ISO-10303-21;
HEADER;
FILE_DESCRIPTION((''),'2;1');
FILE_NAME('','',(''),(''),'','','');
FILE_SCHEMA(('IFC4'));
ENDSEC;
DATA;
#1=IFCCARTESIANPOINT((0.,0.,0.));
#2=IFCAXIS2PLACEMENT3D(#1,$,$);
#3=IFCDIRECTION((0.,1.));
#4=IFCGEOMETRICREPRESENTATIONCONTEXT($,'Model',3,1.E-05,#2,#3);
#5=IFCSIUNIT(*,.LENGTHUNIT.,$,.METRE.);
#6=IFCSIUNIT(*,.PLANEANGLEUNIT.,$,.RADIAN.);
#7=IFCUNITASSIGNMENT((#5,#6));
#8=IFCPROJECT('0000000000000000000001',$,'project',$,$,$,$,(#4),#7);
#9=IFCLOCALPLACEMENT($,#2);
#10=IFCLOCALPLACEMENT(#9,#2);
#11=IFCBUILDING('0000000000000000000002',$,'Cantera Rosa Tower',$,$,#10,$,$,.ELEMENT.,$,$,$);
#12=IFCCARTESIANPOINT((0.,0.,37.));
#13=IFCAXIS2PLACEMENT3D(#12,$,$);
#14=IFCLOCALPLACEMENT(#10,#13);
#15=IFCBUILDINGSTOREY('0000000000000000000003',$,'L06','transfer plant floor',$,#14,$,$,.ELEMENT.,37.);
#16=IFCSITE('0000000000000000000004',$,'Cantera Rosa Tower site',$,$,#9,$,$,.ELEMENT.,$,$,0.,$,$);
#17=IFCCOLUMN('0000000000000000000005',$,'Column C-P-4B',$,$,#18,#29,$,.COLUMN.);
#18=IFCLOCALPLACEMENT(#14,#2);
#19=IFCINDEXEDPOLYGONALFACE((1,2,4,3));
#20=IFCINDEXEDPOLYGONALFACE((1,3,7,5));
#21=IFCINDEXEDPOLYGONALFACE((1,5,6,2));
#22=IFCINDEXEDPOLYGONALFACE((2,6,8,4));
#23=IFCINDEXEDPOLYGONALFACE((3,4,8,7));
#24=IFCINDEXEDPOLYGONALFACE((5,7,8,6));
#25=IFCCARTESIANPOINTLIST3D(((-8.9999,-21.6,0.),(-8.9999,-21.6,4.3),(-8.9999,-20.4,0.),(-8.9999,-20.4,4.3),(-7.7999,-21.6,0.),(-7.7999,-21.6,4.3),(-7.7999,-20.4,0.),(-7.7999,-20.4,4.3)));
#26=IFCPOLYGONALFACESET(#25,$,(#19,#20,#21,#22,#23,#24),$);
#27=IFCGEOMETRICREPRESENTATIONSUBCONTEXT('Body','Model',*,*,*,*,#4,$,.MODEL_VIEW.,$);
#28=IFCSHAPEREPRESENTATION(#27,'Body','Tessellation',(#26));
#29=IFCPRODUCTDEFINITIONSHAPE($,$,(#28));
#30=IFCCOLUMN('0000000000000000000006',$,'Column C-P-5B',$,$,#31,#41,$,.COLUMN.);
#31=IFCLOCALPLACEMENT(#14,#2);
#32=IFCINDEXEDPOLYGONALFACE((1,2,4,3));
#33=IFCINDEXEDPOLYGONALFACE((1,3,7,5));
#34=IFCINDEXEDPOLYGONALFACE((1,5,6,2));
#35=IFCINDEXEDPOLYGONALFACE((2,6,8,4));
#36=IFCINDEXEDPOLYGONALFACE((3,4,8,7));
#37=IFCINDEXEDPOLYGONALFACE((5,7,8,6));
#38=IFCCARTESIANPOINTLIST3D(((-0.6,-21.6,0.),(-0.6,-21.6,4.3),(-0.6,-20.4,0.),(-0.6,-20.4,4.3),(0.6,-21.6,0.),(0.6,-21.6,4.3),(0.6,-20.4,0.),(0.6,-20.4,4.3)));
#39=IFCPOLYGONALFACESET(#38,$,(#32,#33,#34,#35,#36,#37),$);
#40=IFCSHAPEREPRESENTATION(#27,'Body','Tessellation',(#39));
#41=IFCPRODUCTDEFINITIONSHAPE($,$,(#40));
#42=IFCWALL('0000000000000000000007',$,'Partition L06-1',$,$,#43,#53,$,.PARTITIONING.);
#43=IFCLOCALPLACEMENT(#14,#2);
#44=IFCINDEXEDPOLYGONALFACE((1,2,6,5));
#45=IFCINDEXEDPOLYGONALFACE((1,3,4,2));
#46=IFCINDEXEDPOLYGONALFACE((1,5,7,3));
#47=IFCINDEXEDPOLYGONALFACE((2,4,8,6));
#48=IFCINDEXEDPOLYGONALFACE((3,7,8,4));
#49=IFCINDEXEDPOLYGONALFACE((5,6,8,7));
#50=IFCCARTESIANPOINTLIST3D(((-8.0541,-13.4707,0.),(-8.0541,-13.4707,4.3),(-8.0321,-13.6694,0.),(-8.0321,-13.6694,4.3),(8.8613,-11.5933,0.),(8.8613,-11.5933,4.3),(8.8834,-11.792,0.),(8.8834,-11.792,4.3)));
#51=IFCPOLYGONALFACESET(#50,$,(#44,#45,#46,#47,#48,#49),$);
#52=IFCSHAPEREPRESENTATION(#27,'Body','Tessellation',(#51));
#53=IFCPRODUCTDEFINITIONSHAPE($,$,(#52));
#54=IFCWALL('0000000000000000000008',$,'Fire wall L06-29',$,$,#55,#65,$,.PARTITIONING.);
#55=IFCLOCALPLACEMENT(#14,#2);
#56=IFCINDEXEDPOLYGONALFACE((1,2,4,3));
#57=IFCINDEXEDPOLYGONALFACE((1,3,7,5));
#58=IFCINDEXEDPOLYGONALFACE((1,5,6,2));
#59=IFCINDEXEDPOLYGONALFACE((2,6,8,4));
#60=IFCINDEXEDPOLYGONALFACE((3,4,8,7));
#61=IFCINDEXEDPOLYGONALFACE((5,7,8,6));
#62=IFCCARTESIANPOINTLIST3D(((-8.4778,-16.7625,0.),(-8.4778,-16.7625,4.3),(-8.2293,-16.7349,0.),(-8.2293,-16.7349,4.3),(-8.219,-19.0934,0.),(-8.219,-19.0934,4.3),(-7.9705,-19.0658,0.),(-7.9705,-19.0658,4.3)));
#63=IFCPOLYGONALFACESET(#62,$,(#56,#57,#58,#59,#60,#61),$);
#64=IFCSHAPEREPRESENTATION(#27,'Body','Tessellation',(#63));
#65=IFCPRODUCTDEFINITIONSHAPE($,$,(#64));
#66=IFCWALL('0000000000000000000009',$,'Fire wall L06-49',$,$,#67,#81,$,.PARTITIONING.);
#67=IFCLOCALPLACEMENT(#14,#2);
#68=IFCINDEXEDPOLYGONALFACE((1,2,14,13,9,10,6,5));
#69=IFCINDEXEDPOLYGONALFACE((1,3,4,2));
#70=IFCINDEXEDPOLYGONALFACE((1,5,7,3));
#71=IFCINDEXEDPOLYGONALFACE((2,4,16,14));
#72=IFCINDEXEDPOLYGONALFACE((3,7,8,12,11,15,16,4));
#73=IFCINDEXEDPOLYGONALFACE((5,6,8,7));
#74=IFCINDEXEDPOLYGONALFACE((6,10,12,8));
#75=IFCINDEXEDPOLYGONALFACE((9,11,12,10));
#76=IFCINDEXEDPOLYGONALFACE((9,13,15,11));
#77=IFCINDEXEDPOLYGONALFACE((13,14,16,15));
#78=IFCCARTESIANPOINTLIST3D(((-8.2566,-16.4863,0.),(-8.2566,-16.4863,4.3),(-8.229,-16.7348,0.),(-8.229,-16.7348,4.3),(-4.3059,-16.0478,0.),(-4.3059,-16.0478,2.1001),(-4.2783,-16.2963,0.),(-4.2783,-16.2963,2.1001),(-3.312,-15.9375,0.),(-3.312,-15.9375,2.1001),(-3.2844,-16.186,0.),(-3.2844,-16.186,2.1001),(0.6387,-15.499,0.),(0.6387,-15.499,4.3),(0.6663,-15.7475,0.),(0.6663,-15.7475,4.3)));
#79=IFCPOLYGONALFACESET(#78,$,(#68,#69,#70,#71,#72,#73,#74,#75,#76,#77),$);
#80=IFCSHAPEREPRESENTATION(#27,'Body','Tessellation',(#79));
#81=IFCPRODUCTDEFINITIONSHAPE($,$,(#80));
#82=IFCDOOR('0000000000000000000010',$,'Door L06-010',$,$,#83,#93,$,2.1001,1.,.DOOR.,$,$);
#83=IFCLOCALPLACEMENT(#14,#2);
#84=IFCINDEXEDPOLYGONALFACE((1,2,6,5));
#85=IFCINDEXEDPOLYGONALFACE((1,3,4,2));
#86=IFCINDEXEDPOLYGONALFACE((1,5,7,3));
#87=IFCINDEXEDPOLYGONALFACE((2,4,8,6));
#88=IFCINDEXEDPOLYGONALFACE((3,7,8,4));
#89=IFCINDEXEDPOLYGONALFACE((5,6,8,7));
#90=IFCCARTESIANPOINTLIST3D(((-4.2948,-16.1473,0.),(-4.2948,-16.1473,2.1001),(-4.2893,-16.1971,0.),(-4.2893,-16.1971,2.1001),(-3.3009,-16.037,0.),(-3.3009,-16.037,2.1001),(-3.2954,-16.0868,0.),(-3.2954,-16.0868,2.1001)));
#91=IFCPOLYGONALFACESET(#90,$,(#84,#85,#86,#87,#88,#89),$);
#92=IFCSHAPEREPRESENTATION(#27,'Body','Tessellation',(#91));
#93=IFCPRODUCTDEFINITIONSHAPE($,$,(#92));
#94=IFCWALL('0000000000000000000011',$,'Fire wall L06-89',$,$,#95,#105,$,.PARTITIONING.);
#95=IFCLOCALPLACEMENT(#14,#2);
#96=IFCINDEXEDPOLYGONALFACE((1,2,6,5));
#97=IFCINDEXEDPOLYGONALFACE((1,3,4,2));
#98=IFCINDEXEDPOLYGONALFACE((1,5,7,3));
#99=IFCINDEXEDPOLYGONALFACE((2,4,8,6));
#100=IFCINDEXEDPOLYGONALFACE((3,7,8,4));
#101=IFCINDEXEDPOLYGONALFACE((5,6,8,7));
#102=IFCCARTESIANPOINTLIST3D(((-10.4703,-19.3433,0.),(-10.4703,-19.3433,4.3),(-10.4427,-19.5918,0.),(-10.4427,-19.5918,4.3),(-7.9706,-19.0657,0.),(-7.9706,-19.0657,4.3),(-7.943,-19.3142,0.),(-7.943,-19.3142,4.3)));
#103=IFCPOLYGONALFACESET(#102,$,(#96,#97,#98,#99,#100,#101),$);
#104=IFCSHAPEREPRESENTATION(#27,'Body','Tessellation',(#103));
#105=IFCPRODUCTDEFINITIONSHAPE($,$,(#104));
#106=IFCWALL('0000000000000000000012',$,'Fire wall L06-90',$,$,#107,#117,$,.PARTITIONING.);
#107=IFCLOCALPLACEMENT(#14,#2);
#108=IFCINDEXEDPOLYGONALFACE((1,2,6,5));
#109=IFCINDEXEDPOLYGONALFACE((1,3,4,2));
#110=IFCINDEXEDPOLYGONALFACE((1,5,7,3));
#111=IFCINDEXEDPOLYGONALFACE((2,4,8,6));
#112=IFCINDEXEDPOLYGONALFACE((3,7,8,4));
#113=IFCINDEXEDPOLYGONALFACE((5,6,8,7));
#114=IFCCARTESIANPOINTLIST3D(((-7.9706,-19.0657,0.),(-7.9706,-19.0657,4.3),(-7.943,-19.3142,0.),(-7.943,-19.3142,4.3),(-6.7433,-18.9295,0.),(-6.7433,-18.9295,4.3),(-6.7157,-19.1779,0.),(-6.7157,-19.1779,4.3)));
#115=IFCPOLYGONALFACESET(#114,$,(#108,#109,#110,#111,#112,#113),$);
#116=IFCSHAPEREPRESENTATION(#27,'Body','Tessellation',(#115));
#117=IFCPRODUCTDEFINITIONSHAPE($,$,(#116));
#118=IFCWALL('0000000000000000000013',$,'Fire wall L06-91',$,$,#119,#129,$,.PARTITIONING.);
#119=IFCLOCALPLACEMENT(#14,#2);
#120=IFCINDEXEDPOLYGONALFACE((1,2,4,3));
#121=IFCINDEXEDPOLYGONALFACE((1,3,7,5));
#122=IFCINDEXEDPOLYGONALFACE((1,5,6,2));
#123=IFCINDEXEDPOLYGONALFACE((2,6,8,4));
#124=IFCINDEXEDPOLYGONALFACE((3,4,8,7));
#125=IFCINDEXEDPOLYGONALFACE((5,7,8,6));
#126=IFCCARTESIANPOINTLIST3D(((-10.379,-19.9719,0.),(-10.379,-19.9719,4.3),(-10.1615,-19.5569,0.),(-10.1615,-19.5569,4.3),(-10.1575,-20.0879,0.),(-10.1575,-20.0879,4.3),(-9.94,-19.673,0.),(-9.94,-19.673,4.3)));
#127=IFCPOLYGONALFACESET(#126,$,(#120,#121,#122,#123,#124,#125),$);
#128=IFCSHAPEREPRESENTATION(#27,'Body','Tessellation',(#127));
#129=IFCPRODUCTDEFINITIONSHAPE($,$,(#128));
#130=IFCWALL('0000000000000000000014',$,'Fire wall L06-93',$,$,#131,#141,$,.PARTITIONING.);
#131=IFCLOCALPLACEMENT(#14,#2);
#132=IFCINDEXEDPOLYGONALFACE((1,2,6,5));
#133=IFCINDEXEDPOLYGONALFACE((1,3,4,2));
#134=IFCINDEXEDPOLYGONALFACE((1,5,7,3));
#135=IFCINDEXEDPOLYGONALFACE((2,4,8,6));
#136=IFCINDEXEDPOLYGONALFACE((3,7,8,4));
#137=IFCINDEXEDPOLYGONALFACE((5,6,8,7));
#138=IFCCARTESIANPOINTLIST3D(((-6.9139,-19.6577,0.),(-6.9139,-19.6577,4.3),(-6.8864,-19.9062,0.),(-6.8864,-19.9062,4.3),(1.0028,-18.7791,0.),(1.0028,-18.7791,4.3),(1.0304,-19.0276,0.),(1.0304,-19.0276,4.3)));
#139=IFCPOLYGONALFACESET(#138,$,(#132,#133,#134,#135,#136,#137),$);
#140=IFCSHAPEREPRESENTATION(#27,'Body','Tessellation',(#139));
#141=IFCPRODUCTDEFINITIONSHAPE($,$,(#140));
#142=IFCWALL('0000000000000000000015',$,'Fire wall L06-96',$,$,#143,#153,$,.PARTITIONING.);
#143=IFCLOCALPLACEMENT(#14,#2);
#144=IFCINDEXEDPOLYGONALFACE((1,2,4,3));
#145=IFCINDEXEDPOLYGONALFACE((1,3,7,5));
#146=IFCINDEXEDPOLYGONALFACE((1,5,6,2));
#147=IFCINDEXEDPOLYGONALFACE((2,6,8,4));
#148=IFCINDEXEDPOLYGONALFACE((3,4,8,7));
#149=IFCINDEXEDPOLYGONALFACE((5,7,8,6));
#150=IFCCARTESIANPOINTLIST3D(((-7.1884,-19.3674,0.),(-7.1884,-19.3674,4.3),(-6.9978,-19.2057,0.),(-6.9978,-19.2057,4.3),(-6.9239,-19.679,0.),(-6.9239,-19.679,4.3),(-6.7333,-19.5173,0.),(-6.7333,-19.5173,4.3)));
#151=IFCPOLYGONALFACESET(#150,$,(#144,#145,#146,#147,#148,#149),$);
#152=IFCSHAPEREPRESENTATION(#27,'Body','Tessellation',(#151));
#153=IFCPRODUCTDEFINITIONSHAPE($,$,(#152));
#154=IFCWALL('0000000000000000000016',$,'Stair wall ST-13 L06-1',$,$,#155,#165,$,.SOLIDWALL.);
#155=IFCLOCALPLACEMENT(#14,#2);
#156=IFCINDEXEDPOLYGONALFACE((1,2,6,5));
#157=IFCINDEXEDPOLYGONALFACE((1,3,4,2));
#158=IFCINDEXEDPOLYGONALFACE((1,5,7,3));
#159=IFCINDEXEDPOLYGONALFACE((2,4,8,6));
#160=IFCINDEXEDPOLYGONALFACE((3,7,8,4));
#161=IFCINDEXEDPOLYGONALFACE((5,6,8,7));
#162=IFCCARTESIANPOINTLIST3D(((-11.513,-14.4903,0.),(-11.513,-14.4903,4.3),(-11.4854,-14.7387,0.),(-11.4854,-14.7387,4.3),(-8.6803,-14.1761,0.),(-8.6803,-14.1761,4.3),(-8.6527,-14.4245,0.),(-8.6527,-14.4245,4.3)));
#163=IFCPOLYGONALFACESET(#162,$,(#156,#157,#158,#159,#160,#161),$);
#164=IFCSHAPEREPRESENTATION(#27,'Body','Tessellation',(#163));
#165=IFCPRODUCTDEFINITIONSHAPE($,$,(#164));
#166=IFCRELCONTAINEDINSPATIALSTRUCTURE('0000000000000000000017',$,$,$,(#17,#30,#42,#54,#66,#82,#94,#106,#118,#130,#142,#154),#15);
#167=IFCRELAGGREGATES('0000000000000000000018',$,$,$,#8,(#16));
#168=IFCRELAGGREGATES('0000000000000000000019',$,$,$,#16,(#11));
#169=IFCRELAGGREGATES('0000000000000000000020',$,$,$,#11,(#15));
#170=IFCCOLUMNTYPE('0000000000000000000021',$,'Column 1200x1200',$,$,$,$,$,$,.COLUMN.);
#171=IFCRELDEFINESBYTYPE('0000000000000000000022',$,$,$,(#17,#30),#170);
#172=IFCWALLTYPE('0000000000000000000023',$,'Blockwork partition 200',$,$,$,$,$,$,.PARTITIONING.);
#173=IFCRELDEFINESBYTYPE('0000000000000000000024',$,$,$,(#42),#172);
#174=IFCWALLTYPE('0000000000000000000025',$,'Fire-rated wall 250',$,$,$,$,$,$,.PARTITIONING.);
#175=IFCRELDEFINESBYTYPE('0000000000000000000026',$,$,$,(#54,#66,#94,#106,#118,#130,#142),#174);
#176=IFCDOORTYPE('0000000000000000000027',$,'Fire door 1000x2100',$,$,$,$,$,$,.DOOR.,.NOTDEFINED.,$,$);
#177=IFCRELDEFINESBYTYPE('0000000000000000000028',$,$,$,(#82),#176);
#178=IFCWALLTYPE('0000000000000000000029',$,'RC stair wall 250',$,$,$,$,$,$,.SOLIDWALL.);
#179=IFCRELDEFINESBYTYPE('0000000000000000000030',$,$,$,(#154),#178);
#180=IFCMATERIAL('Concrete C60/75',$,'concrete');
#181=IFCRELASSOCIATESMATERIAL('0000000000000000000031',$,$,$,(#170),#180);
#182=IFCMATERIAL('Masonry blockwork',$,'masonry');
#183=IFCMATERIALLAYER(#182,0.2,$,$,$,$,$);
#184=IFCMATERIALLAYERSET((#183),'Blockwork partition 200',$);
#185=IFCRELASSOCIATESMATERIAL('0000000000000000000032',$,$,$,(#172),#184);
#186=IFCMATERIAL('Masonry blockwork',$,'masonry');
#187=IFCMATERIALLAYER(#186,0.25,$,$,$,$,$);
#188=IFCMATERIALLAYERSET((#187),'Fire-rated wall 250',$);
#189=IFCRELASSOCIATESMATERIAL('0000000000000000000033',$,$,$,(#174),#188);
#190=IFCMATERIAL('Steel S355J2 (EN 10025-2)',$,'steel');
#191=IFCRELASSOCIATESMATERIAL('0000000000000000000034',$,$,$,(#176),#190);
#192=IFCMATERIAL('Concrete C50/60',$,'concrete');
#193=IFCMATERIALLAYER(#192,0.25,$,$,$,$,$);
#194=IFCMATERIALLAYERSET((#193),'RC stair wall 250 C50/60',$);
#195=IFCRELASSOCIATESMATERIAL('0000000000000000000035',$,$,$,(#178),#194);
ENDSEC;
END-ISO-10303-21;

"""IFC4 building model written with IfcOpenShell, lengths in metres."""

from ifc_helpers import new_model, si_unit, direction, frame, frame_2d, origin, origin_2d, place, context, subcontext, project, spatial, rectangle, extrude, material, layer, layer_set, material_profile, profile_set, type_object, element, fill, save


model = new_model("IFC4")

# Units and contexts
model_context = context("Model", 3, precision=1e-05, world=origin(), true_north=direction((0.0, 1.0)))
body_context = subcontext(model_context, "Body", "Model", "MODEL_VIEW")
ifc_project = project(units=[si_unit("LENGTHUNIT", "METRE"), si_unit("PLANEANGLEUNIT", "RADIAN")], contexts=[model_context])

# Site, building, storey
site_placement = place(None, origin())
site = spatial("IfcSite", under=ifc_project, at=site_placement, Name="Cantera Rosa Tower site", CompositionType="ELEMENT", RefElevation=0.0)
building_placement = place(site_placement, origin())
building = spatial("IfcBuilding", under=site, at=building_placement, Name="Cantera Rosa Tower", CompositionType="ELEMENT")
storey_placement = place(building_placement, frame((0.0, 0.0, 37.0)))
storey = spatial("IfcBuildingStorey", under=building, at=storey_placement, Name="L06", Description="transfer plant floor", CompositionType="ELEMENT", Elevation=37.0)

# Columns
ifc_material_1 = material(Name="Concrete C60/75", Category="concrete")
ifc_material_profile = material_profile(ifc_material_1, rectangle(XDim=1.2, YDim=1.2, at=origin_2d()), Name="Column 1200x1200")
ifc_profile_set = profile_set([ifc_material_profile], Name="Concrete C60/75")
column_type = type_object("IfcColumnType", Name="Column 1200x1200", PredefinedType="COLUMN", material=ifc_profile_set)
for number, where, z_axis, x_axis, name in (
    (1, (-8.3999, -21.0, 0.0), (0.0, 0.0, 1.0), (1.0, 0.0, 0.0), "Column C-P-4B"),
    (2, (0.0, -21.0, 0.0), (0.0, 0.0, 1.0), (1.0, 0.0, 0.0), "Column C-P-5B"),
):
    element("IfcColumn", number, at=place(storey_placement, frame(where, z_axis=z_axis, x_axis=x_axis)), inside=storey, type_object=column_type, Name=name, PredefinedType="COLUMN", context=body_context, shape_type="SweptSolid", body=[
        extrude(rectangle(XDim=1.2, YDim=1.2, at=origin_2d()), origin(), (0.0, 0.0, 1.0), 4.3),
    ])

# Walls
ifc_material_2 = material(Name="Masonry blockwork", Category="masonry")
ifc_layer_1 = layer(ifc_material_2, 0.2)
ifc_layer_set_1 = layer_set([ifc_layer_1], Name="Blockwork partition 200")
wall_type_1 = type_object("IfcWallType", Name="Blockwork partition 200", PredefinedType="PARTITIONING", material=ifc_layer_set_1)
wall_1_placement = place(storey_placement, frame((-8.0432, -13.5701, 0.0), z_axis=(0.0, 0.0, 1.0), x_axis=(0.993897, 0.110312, 0.0)))
element("IfcWall", 3, at=wall_1_placement, inside=storey, type_object=wall_type_1, Name="Partition L06-1", PredefinedType="PARTITIONING", context=body_context, shape_type="SweptSolid", body=[
    extrude(rectangle(XDim=17.0193, YDim=0.2, at=frame_2d((8.5098, 0.0))), origin(), (0.0, 0.0, 1.0), 4.3),
])
ifc_material_3 = material(Name="Masonry blockwork", Category="masonry")
ifc_layer_2 = layer(ifc_material_3, 0.25)
ifc_layer_set_2 = layer_set([ifc_layer_2], Name="Fire-rated wall 250")
wall_type_2 = type_object("IfcWallType", Name="Fire-rated wall 250", PredefinedType="PARTITIONING", material=ifc_layer_set_2)
wall_2_placement = place(storey_placement, frame((-8.0947, -19.0796, 0.0), z_axis=(0.0, 0.0, 1.0), x_axis=(-0.110352, 0.993893, 0.0)))
element("IfcWall", 4, at=wall_2_placement, inside=storey, type_object=wall_type_2, Name="Fire wall L06-29", PredefinedType="PARTITIONING", context=body_context, shape_type="SweptSolid", body=[
    extrude(rectangle(XDim=2.3452, YDim=0.25, at=frame_2d((1.1726, 0.0))), origin(), (0.0, 0.0, 1.0), 4.3),
])

# Wall, opening, door
wall_3_placement = place(storey_placement, frame((-8.2429, -16.6106, 0.0), z_axis=(0.0, 0.0, 1.0), x_axis=(0.993897, 0.110315, 0.0)))
wall_3 = element("IfcWall", 5, at=wall_3_placement, inside=storey, type_object=wall_type_2, Name="Fire wall L06-49", PredefinedType="PARTITIONING", context=body_context, shape_type="SweptSolid", body=[
    extrude(rectangle(XDim=8.95, YDim=0.25, at=frame_2d((4.4751, 0.0))), origin(), (0.0, 0.0, 1.0), 4.3),
])
opening_1_placement = place(wall_3_placement, frame((3.9751, 0.0, 0.0)))
opening_1 = element("IfcOpeningElement", 6, at=opening_1_placement, cuts=wall_3, PredefinedType="OPENING", context=body_context, shape_type="SweptSolid", body=[
    extrude(rectangle(XDim=1.0, YDim=2.1001, at=frame_2d((0.5, 1.05))), frame((0.0, 0.135, 0.0), z_axis=(0.0, -1.0, 0.0), x_axis=(1.0, 0.0, 0.0)), (0.0, 0.0, 1.0), 0.27),
])
ifc_material_4 = material(Name="Steel S355J2 (EN 10025-2)", Category="steel")
door_type_1 = type_object("IfcDoorType", Name="Fire door 1000x2100", OperationType="NOTDEFINED", PredefinedType="DOOR", material=ifc_material_4)
door_1_placement = place(opening_1_placement, origin())
door_1 = element("IfcDoor", 7, at=door_1_placement, inside=storey, type_object=door_type_1, Name="Door L06-010", OverallHeight=2.1001, OverallWidth=1.0, PredefinedType="DOOR", context=body_context, shape_type="SweptSolid", body=[
    extrude(rectangle(XDim=1.0, YDim=2.1001, at=frame_2d((0.5, 1.05))), frame((0.0, 0.0249, 0.0), z_axis=(0.0, -1.0, 0.0), x_axis=(1.0, 0.0, 0.0)), (0.0, 0.0, 1.0), 0.05),
])
fill(opening_1, door_1)

# Walls
wall_4_placement = place(storey_placement, frame((-10.4565, -19.4675, 0.0), z_axis=(0.0, 0.0, 1.0), x_axis=(0.993891, 0.110368, 0.0)))
element("IfcWall", 8, at=wall_4_placement, inside=storey, type_object=wall_type_2, Name="Fire wall L06-89", PredefinedType="PARTITIONING", context=body_context, shape_type="SweptSolid", body=[
    extrude(rectangle(XDim=2.5151, YDim=0.25, at=frame_2d((1.2576, 0.0))), origin(), (0.0, 0.0, 1.0), 4.3),
])
wall_5_placement = place(storey_placement, frame((-7.9568, -19.1899, 0.0), z_axis=(0.0, 0.0, 1.0), x_axis=(0.993896, 0.110323, 0.0)))
element("IfcWall", 9, at=wall_5_placement, inside=storey, type_object=wall_type_2, Name="Fire wall L06-90", PredefinedType="PARTITIONING", context=body_context, shape_type="SweptSolid", body=[
    extrude(rectangle(XDim=1.2349, YDim=0.25, at=frame_2d((0.6174, 0.0))), origin(), (0.0, 0.0, 1.0), 4.3),
])
wall_6_placement = place(storey_placement, frame((-10.2683, -20.03, 0.0), z_axis=(0.0, 0.0, 1.0), x_axis=(0.464221, 0.885719, 0.0)))
element("IfcWall", 10, at=wall_6_placement, inside=storey, type_object=wall_type_2, Name="Fire wall L06-91", PredefinedType="PARTITIONING", context=body_context, shape_type="SweptSolid", body=[
    extrude(rectangle(XDim=0.4685, YDim=0.25, at=frame_2d((0.2344, 0.0))), origin(), (0.0, 0.0, 1.0), 4.3),
])
wall_7_placement = place(storey_placement, frame((-6.9001, -19.782, 0.0), z_axis=(0.0, 0.0, 1.0), x_axis=(0.993897, 0.11031, 0.0)))
element("IfcWall", 11, at=wall_7_placement, inside=storey, type_object=wall_type_2, Name="Fire wall L06-93", PredefinedType="PARTITIONING", context=body_context, shape_type="SweptSolid", body=[
    extrude(rectangle(XDim=7.9653, YDim=0.25, at=frame_2d((3.9827, 0.0))), origin(), (0.0, 0.0, 1.0), 4.3),
])
wall_8_placement = place(storey_placement, frame((-6.8286, -19.5981, 0.0), z_axis=(0.0, 0.0, 1.0), x_axis=(-0.647093, 0.762411, 0.0)))
element("IfcWall", 12, at=wall_8_placement, inside=storey, type_object=wall_type_2, Name="Fire wall L06-96", PredefinedType="PARTITIONING", context=body_context, shape_type="SweptSolid", body=[
    extrude(rectangle(XDim=0.4087, YDim=0.25, at=frame_2d((0.2043, 0.0))), origin(), (0.0, 0.0, 1.0), 4.3),
])
ifc_material_5 = material(Name="Concrete C50/60", Category="concrete")
ifc_layer_3 = layer(ifc_material_5, 0.25)
ifc_layer_set_3 = layer_set([ifc_layer_3], Name="RC stair wall 250 C50/60")
wall_type_3 = type_object("IfcWallType", Name="RC stair wall 250", PredefinedType="SOLIDWALL", material=ifc_layer_set_3)
wall_9_placement = place(storey_placement, frame((-8.6665, -14.3003, 0.0), z_axis=(0.0, 0.0, 1.0), x_axis=(-0.993905, -0.110243, 0.0)))
element("IfcWall", 13, at=wall_9_placement, inside=storey, type_object=wall_type_3, Name="Stair wall ST-13 L06-1", PredefinedType="SOLIDWALL", context=body_context, shape_type="SweptSolid", body=[
    extrude(rectangle(XDim=2.8501, YDim=0.25, at=frame_2d((1.425, 0.0))), origin(), (0.0, 0.0, 1.0), 4.3),
])

save(model, "model.ifc")
